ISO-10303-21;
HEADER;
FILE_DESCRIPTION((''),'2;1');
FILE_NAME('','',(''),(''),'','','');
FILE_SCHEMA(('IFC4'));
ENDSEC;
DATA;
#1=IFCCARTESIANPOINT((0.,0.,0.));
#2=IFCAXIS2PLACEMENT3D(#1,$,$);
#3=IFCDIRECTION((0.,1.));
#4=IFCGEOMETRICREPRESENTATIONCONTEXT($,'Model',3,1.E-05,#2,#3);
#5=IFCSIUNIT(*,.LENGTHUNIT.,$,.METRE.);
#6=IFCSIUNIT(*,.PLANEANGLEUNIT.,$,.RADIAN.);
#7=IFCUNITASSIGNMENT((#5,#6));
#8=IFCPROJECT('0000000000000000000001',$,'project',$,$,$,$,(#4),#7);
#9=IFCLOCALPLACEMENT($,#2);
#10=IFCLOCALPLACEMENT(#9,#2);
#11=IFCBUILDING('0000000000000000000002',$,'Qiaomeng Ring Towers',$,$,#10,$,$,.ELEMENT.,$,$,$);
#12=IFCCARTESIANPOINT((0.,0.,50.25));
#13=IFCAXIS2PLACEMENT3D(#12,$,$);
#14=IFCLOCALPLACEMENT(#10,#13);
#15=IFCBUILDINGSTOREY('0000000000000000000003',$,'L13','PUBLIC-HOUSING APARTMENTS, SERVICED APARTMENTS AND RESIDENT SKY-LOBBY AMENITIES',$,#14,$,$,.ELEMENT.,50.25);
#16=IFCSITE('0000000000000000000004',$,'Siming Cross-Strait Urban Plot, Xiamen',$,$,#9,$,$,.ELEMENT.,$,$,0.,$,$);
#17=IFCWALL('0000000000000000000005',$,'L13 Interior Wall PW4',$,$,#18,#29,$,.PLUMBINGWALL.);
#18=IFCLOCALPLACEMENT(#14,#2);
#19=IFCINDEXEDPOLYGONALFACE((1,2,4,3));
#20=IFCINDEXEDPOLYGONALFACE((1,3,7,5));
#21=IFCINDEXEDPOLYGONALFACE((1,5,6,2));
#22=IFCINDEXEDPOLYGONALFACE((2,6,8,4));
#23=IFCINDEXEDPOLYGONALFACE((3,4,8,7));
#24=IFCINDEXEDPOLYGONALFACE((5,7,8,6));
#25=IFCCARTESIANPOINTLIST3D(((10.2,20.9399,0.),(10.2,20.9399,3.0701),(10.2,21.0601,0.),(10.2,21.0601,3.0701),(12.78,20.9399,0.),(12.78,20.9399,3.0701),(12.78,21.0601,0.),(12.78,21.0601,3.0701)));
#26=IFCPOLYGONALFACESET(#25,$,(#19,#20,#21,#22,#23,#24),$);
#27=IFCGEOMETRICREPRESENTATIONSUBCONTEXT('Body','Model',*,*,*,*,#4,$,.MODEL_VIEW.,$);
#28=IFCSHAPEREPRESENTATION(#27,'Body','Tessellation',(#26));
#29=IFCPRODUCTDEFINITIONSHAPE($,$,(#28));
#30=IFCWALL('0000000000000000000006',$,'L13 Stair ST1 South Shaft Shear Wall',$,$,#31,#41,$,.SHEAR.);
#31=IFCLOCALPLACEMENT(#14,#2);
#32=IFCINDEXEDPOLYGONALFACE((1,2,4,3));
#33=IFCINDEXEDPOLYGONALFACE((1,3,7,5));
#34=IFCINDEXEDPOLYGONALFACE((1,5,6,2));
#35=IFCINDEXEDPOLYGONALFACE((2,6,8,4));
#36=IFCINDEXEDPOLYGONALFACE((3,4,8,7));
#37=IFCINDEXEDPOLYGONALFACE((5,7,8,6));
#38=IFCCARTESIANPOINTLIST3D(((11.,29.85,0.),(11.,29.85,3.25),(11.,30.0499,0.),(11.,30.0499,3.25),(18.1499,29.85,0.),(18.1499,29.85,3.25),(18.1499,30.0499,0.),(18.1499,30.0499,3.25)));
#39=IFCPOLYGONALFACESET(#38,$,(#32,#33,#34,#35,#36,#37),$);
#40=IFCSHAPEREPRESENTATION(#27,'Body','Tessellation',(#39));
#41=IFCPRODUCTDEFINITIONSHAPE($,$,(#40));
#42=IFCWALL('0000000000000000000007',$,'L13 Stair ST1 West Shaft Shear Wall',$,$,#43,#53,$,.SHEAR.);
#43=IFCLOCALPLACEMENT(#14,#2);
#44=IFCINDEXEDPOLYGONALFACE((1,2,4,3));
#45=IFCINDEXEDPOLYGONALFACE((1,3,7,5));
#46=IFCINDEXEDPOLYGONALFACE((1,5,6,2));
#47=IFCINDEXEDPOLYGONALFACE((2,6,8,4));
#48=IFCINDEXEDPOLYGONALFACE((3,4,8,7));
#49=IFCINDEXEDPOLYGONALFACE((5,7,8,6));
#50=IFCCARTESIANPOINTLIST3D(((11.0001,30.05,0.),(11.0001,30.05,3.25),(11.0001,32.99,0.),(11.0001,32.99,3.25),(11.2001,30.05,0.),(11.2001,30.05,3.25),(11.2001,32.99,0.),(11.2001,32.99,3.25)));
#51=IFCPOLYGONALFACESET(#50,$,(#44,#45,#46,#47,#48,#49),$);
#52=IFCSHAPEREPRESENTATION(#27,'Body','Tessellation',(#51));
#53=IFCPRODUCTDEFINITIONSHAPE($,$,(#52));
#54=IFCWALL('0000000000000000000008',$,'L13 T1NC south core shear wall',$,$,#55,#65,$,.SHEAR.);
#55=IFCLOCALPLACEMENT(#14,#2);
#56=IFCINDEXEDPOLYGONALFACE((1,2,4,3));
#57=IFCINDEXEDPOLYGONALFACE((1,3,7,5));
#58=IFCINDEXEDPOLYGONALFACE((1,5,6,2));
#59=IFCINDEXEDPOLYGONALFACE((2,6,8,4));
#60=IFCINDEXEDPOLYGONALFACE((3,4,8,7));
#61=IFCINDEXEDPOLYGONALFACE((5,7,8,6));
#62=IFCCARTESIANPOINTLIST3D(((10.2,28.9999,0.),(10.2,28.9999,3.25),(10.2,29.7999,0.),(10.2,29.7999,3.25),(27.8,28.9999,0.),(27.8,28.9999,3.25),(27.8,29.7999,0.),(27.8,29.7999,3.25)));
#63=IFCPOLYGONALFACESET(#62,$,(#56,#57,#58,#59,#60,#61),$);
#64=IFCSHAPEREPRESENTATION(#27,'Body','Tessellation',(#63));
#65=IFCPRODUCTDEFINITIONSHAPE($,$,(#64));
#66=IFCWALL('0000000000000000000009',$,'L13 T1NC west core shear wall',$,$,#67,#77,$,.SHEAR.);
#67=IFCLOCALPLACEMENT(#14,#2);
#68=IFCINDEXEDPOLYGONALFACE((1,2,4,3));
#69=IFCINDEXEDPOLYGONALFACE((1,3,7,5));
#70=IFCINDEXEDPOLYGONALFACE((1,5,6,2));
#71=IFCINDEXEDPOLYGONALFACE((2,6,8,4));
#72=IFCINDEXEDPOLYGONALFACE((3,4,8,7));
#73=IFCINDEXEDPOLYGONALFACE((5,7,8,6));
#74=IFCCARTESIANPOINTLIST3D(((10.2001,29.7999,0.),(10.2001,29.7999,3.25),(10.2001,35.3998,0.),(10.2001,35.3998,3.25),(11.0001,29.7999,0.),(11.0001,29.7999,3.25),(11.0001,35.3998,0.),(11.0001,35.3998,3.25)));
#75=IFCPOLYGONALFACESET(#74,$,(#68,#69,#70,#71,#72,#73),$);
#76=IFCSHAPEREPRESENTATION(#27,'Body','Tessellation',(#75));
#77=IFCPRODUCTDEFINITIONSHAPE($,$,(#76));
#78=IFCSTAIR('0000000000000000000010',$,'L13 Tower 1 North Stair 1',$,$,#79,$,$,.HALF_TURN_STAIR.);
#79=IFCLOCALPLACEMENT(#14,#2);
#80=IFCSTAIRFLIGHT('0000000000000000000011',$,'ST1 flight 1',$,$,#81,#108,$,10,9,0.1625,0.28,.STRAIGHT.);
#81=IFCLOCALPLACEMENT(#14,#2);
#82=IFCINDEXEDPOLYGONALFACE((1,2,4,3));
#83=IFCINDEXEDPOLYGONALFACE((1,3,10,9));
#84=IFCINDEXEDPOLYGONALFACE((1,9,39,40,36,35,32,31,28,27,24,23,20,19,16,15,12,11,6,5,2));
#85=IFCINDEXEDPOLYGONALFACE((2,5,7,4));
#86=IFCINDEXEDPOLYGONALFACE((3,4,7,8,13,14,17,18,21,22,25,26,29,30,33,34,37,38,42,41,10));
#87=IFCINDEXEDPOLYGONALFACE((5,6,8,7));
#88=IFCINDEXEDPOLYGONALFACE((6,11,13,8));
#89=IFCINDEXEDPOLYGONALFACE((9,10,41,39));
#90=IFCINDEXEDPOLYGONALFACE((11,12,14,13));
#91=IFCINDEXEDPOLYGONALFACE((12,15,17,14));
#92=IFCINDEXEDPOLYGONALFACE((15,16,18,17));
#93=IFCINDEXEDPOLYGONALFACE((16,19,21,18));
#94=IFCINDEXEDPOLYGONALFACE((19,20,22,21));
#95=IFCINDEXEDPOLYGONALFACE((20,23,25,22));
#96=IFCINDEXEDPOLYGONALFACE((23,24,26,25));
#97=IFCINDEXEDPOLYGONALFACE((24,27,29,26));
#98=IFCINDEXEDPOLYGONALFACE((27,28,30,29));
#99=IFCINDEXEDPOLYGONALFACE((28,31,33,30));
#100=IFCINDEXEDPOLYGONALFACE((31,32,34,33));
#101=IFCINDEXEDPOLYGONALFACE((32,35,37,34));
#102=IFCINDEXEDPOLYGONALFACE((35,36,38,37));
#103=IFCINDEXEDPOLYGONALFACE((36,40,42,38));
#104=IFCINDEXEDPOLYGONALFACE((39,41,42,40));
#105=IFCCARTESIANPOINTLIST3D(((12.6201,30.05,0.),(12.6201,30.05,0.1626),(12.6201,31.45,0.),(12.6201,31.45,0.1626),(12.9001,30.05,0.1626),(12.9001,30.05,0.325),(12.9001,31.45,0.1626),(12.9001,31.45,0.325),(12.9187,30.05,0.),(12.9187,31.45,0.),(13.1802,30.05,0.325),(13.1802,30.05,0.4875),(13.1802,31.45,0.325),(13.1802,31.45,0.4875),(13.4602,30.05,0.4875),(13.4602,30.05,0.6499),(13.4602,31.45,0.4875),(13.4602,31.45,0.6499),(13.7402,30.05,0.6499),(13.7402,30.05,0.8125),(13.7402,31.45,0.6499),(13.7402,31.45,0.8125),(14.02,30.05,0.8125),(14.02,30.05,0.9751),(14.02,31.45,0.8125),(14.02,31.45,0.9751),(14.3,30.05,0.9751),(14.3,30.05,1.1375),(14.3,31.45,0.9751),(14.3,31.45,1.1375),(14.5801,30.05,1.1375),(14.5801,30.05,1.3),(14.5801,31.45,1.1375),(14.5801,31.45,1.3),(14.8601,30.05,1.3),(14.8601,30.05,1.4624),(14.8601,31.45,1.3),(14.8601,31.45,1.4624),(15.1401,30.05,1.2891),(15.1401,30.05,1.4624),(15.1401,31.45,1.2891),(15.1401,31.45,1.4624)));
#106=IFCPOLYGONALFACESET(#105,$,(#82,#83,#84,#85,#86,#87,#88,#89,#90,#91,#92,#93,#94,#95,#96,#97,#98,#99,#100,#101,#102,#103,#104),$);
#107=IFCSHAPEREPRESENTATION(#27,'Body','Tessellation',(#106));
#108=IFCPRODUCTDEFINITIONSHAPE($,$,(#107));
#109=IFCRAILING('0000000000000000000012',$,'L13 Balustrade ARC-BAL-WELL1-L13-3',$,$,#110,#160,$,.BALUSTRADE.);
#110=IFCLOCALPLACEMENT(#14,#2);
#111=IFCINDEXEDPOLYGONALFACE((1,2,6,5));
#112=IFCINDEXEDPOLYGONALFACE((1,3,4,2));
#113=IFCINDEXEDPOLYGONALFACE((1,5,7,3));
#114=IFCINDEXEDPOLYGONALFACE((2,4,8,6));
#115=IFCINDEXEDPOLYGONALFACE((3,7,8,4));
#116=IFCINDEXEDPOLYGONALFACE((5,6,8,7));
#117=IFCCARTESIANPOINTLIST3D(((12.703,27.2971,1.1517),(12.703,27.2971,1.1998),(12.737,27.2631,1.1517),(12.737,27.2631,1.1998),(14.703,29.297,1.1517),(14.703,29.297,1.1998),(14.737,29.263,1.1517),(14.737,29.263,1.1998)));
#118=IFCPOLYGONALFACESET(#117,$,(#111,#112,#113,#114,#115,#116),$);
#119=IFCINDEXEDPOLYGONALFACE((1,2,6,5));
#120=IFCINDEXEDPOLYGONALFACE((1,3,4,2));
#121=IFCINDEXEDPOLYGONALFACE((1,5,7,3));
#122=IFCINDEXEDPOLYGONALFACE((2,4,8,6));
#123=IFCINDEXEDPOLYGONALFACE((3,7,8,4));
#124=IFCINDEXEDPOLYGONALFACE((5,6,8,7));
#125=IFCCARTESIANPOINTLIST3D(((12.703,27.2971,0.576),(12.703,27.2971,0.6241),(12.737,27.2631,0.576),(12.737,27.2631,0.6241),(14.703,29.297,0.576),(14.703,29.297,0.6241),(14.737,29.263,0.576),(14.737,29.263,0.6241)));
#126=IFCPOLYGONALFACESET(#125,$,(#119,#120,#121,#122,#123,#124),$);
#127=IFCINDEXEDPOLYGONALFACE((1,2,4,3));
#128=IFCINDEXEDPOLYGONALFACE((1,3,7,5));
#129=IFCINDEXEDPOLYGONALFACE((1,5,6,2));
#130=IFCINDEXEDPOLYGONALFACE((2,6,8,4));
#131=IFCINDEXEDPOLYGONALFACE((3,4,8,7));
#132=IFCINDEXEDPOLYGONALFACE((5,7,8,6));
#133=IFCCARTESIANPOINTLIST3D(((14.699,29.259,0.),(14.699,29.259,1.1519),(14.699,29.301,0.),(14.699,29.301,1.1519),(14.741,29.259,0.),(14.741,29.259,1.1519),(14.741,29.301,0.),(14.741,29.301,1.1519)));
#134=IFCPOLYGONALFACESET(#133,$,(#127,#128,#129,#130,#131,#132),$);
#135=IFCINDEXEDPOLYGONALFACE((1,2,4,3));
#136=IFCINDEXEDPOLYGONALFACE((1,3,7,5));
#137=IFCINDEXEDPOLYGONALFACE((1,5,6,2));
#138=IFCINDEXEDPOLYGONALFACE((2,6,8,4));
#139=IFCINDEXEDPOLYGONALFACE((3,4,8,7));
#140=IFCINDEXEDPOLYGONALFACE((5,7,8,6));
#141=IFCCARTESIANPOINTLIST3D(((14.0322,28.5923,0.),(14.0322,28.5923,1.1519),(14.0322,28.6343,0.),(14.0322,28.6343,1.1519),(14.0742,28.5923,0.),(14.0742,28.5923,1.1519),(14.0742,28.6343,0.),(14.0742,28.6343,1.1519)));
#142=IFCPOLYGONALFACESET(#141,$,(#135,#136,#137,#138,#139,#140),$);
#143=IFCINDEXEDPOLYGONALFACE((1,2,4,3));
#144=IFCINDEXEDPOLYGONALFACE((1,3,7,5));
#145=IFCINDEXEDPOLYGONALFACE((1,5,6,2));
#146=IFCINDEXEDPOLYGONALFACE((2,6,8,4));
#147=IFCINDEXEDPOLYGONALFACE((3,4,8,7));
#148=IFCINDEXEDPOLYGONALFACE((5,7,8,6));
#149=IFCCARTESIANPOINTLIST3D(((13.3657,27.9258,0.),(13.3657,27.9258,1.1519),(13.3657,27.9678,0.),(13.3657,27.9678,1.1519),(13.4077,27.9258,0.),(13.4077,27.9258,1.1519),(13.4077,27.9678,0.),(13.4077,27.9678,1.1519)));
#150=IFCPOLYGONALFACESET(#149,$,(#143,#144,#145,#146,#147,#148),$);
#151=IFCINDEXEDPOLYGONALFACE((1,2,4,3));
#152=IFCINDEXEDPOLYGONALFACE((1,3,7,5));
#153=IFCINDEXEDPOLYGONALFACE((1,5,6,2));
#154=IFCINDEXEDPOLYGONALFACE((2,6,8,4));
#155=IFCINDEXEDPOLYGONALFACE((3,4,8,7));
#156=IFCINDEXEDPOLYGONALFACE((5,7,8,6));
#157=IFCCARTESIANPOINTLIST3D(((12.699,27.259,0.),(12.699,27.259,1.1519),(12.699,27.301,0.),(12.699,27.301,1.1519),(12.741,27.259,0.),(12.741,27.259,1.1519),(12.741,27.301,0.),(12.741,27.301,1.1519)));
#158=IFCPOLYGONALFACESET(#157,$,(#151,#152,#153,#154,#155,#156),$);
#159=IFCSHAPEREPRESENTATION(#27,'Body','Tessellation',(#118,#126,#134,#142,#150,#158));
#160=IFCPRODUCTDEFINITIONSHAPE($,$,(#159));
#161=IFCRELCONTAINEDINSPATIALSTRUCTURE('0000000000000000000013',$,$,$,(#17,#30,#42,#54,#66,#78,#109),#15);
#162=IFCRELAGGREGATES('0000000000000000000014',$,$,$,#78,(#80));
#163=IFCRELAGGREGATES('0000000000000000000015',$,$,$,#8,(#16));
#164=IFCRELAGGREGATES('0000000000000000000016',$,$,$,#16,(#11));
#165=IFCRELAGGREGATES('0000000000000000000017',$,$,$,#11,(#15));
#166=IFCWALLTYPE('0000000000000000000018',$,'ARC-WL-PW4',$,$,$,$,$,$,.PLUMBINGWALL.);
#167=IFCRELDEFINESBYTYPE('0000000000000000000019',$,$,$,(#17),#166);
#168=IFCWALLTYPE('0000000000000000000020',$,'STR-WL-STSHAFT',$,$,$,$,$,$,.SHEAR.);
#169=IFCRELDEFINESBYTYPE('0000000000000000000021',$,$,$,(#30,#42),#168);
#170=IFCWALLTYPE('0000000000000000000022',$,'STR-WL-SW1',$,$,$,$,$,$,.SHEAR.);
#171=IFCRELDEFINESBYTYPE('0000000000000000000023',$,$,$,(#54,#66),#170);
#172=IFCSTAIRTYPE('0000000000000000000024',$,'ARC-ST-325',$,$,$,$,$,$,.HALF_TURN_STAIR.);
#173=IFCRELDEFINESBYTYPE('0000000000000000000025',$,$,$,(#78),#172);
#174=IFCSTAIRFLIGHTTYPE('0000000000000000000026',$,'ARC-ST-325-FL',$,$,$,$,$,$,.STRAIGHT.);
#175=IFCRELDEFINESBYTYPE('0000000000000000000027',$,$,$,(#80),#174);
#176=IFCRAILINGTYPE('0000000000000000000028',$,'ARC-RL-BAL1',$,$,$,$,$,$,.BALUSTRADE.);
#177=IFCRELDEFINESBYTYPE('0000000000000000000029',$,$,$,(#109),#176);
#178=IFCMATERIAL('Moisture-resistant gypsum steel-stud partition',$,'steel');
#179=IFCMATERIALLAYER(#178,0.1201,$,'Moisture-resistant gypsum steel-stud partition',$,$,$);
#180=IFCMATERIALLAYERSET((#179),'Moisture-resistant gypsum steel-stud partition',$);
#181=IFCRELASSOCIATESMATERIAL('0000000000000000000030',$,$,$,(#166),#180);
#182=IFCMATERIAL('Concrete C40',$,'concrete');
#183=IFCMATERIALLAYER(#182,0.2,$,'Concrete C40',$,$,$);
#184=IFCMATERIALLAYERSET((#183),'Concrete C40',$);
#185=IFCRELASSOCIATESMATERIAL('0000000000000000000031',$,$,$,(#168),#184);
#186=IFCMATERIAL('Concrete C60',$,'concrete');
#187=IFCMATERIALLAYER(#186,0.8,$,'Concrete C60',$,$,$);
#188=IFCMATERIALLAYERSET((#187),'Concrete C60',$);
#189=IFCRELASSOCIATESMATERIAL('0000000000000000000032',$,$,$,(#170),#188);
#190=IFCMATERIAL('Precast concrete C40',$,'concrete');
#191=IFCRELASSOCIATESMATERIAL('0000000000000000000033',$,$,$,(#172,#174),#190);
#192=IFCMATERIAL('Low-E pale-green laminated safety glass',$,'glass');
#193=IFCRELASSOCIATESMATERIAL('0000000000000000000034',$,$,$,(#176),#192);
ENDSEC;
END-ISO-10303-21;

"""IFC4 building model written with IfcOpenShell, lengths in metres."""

from ifc_helpers import new_model, si_unit, direction, frame, frame_2d, origin, origin_2d, place, context, subcontext, project, spatial, polyline, rectangle, outline, extrude, source, transform, mapped, material, layer, layer_set, type_object, element, aggregate, save


model = new_model("IFC4")

# Units and contexts
model_context = context("Model", 3, precision=1e-05, world=origin(), true_north=direction((0.0, 1.0)))
body_context = subcontext(model_context, "Body", "Model", "MODEL_VIEW")
ifc_project = project(units=[si_unit("LENGTHUNIT", "METRE"), si_unit("PLANEANGLEUNIT", "RADIAN")], contexts=[model_context])

# Site, building, storey
site_placement = place(None, origin())
site = spatial("IfcSite", under=ifc_project, at=site_placement, Name="Siming Cross-Strait Urban Plot, Xiamen", CompositionType="ELEMENT", RefElevation=0.0)
building_placement = place(site_placement, origin())
building = spatial("IfcBuilding", under=site, at=building_placement, Name="Qiaomeng Ring Towers", CompositionType="ELEMENT")
storey_placement = place(building_placement, frame((0.0, 0.0, 50.25)))
storey = spatial("IfcBuildingStorey", under=building, at=storey_placement, Name="L13", Description="PUBLIC-HOUSING APARTMENTS, SERVICED APARTMENTS AND RESIDENT SKY-LOBBY AMENITIES", CompositionType="ELEMENT", Elevation=50.25)

# Shared definitions
ifc_material_1 = material(Name="Concrete C60", Category="concrete")

# Walls
ifc_material_2 = material(Name="Moisture-resistant gypsum steel-stud partition", Category="steel")
ifc_layer_1 = layer(ifc_material_2, 0.1201, Name="Moisture-resistant gypsum steel-stud partition")
ifc_layer_set_1 = layer_set([ifc_layer_1], Name="Moisture-resistant gypsum steel-stud partition")
wall_type_1 = type_object("IfcWallType", Name="ARC-WL-PW4", PredefinedType="PLUMBINGWALL", material=ifc_layer_set_1)
wall_1_placement = place(storey_placement, frame((10.2, 21.0, 0.0), z_axis=(0.0, 0.0, 1.0), x_axis=(1.0, 0.0, 0.0)))
element("IfcWall", 1, at=wall_1_placement, inside=storey, type_object=wall_type_1, Name="L13 Interior Wall PW4", PredefinedType="PLUMBINGWALL", context=body_context, shape_type="SweptSolid", body=[
    extrude(rectangle(XDim=2.5801, YDim=0.1201, at=frame_2d((1.29, 0.0))), origin(), (0.0, 0.0, 1.0), 3.0701),
])
ifc_material_3 = material(Name="Concrete C40", Category="concrete")
ifc_layer_2 = layer(ifc_material_3, 0.2, Name="Concrete C40")
ifc_layer_set_2 = layer_set([ifc_layer_2], Name="Concrete C40")
wall_type_2 = type_object("IfcWallType", Name="STR-WL-STSHAFT", PredefinedType="SHEAR", material=ifc_layer_set_2)
wall_2_placement = place(storey_placement, frame((11.0, 29.95, 0.0), z_axis=(0.0, 0.0, 1.0), x_axis=(1.0, 0.0, 0.0)))
element("IfcWall", 2, at=wall_2_placement, inside=storey, type_object=wall_type_2, Name="L13 Stair ST1 South Shaft Shear Wall", PredefinedType="SHEAR", context=body_context, shape_type="SweptSolid", body=[
    extrude(rectangle(XDim=7.1499, YDim=0.2, at=frame_2d((3.575, 0.0))), origin(), (0.0, 0.0, 1.0), 3.25),
])
wall_3_placement = place(storey_placement, frame((11.1001, 30.05, 0.0), z_axis=(0.0, 0.0, 1.0), x_axis=(0.0, 1.0, 0.0)))
element("IfcWall", 3, at=wall_3_placement, inside=storey, type_object=wall_type_2, Name="L13 Stair ST1 West Shaft Shear Wall", PredefinedType="SHEAR", context=body_context, shape_type="SweptSolid", body=[
    extrude(rectangle(XDim=2.9399, YDim=0.2, at=frame_2d((1.47, 0.0))), origin(), (0.0, 0.0, 1.0), 3.25),
])
ifc_layer_3 = layer(ifc_material_1, 0.8, Name="Concrete C60")
ifc_layer_set_3 = layer_set([ifc_layer_3], Name="Concrete C60")
wall_type_3 = type_object("IfcWallType", Name="STR-WL-SW1", PredefinedType="SHEAR", material=ifc_layer_set_3)
wall_4_placement = place(storey_placement, frame((10.2, 29.3999, 0.0), z_axis=(0.0, 0.0, 1.0), x_axis=(1.0, 0.0, 0.0)))
element("IfcWall", 4, at=wall_4_placement, inside=storey, type_object=wall_type_3, Name="L13 T1NC south core shear wall", PredefinedType="SHEAR", context=body_context, shape_type="SweptSolid", body=[
    extrude(rectangle(XDim=17.6001, YDim=0.8, at=frame_2d((8.8, 0.0))), origin(), (0.0, 0.0, 1.0), 3.25),
])
wall_5_placement = place(storey_placement, frame((10.6001, 29.8, 0.0), z_axis=(0.0, 0.0, 1.0), x_axis=(0.0, 1.0, 0.0)))
element("IfcWall", 5, at=wall_5_placement, inside=storey, type_object=wall_type_3, Name="L13 T1NC west core shear wall", PredefinedType="SHEAR", context=body_context, shape_type="SweptSolid", body=[
    extrude(rectangle(XDim=5.5999, YDim=0.8, at=frame_2d((2.7998, 0.0))), origin(), (0.0, 0.0, 1.0), 3.25),
])

# Stair, stair flight
ifc_material_4 = material(Name="Precast concrete C40", Category="concrete")
stair_type = type_object("IfcStairType", Name="ARC-ST-325", PredefinedType="HALF_TURN_STAIR", material=ifc_material_4)
stair_placement = place(storey_placement, origin())
stair = element("IfcStair", 6, at=stair_placement, inside=storey, type_object=stair_type, Name="L13 Tower 1 North Stair 1", PredefinedType="HALF_TURN_STAIR")
stair_flight_type = type_object("IfcStairFlightType", Name="ARC-ST-325-FL", PredefinedType="STRAIGHT", material=ifc_material_4)
shared_shape_1 = source(origin(), body_context, "Body", "SweptSolid", [
    extrude(outline(polyline([(0.0, 0.0), (0.0, 0.1626), (0.28, 0.1626), (0.28, 0.325), (0.5601, 0.325), (0.5601, 0.4875), (0.8401, 0.4875), (0.8401, 0.6499), (1.1201, 0.6499), (1.1201, 0.8125), (1.3999, 0.8125), (1.3999, 0.9751), (1.6799, 0.9751), (1.6799, 1.1375), (1.96, 1.1375), (1.96, 1.3), (2.24, 1.3), (2.24, 1.4624), (2.52, 1.4624), (2.52, 1.625), (2.52, 1.2891), (0.2986, 0.0), (0.0, 0.0)])), frame((0.0, 0.7, 0.0), z_axis=(0.0, -1.0, 0.0), x_axis=(1.0, 0.0, 0.0)), (0.0, 0.0, 1.0), 1.3999),
])
stair_flight_placement = place(storey_placement, frame((12.6201, 30.75, 0.0), z_axis=(0.0, 0.0, 1.0), x_axis=(1.0, 0.0, 0.0)))
stair_flight = element("IfcStairFlight", 7, at=stair_flight_placement, type_object=stair_flight_type, Name="ST1 flight 1", NumberOfRisers=10, NumberOfTreads=9, PredefinedType="STRAIGHT", RiserHeight=0.1625, TreadLength=0.28, context=body_context, shape_type="MappedRepresentation", body=[
    mapped(shared_shape_1, transform((0.0, 0.0, 0.0), x_axis=(1.0, 0.0, 0.0), y_axis=(0.0, 1.0, 0.0), z_axis=(0.0, 0.0, 1.0), scale=1.0)),
])
aggregate(stair, [stair_flight])

# Railing
ifc_material_5 = material(Name="Low-E pale-green laminated safety glass", Category="glass")
railing_type_1 = type_object("IfcRailingType", Name="ARC-RL-BAL1", PredefinedType="BALUSTRADE", material=ifc_material_5)
railing_1_placement = place(storey_placement, frame((14.72, 29.28, 0.0)))
element("IfcRailing", 8, at=railing_1_placement, inside=storey, type_object=railing_type_1, Name="L13 Balustrade ARC-BAL-WELL1-L13-3", PredefinedType="BALUSTRADE", context=body_context, shape_type="SweptSolid", body=[
    extrude(rectangle(XDim=0.0481, YDim=0.0481, at=origin_2d()), frame((0.0, 0.0, 1.1758), z_axis=(-0.707107, -0.707107, 0.0), x_axis=(0.707107, -0.707107, 0.0)), (0.0, 0.0, 1.0), 2.8284),
    extrude(rectangle(XDim=0.0481, YDim=0.0481, at=origin_2d()), frame((0.0, 0.0, 0.6001), z_axis=(-0.707107, -0.707107, 0.0), x_axis=(0.707107, -0.707107, 0.0)), (0.0, 0.0, 1.0), 2.8284),
    extrude(rectangle(XDim=0.042, YDim=0.042, at=origin_2d()), origin(), (0.0, 0.0, 1.0), 1.1519),
    extrude(rectangle(XDim=0.042, YDim=0.042, at=origin_2d()), frame((-0.6667, -0.6667, 0.0)), (0.0, 0.0, 1.0), 1.1519),
    extrude(rectangle(XDim=0.042, YDim=0.042, at=origin_2d()), frame((-1.3333, -1.3333, 0.0)), (0.0, 0.0, 1.0), 1.1519),
    extrude(rectangle(XDim=0.042, YDim=0.042, at=origin_2d()), frame((-2.0, -2.0, 0.0)), (0.0, 0.0, 1.0), 1.1519),
])

save(model, "model.ifc")
